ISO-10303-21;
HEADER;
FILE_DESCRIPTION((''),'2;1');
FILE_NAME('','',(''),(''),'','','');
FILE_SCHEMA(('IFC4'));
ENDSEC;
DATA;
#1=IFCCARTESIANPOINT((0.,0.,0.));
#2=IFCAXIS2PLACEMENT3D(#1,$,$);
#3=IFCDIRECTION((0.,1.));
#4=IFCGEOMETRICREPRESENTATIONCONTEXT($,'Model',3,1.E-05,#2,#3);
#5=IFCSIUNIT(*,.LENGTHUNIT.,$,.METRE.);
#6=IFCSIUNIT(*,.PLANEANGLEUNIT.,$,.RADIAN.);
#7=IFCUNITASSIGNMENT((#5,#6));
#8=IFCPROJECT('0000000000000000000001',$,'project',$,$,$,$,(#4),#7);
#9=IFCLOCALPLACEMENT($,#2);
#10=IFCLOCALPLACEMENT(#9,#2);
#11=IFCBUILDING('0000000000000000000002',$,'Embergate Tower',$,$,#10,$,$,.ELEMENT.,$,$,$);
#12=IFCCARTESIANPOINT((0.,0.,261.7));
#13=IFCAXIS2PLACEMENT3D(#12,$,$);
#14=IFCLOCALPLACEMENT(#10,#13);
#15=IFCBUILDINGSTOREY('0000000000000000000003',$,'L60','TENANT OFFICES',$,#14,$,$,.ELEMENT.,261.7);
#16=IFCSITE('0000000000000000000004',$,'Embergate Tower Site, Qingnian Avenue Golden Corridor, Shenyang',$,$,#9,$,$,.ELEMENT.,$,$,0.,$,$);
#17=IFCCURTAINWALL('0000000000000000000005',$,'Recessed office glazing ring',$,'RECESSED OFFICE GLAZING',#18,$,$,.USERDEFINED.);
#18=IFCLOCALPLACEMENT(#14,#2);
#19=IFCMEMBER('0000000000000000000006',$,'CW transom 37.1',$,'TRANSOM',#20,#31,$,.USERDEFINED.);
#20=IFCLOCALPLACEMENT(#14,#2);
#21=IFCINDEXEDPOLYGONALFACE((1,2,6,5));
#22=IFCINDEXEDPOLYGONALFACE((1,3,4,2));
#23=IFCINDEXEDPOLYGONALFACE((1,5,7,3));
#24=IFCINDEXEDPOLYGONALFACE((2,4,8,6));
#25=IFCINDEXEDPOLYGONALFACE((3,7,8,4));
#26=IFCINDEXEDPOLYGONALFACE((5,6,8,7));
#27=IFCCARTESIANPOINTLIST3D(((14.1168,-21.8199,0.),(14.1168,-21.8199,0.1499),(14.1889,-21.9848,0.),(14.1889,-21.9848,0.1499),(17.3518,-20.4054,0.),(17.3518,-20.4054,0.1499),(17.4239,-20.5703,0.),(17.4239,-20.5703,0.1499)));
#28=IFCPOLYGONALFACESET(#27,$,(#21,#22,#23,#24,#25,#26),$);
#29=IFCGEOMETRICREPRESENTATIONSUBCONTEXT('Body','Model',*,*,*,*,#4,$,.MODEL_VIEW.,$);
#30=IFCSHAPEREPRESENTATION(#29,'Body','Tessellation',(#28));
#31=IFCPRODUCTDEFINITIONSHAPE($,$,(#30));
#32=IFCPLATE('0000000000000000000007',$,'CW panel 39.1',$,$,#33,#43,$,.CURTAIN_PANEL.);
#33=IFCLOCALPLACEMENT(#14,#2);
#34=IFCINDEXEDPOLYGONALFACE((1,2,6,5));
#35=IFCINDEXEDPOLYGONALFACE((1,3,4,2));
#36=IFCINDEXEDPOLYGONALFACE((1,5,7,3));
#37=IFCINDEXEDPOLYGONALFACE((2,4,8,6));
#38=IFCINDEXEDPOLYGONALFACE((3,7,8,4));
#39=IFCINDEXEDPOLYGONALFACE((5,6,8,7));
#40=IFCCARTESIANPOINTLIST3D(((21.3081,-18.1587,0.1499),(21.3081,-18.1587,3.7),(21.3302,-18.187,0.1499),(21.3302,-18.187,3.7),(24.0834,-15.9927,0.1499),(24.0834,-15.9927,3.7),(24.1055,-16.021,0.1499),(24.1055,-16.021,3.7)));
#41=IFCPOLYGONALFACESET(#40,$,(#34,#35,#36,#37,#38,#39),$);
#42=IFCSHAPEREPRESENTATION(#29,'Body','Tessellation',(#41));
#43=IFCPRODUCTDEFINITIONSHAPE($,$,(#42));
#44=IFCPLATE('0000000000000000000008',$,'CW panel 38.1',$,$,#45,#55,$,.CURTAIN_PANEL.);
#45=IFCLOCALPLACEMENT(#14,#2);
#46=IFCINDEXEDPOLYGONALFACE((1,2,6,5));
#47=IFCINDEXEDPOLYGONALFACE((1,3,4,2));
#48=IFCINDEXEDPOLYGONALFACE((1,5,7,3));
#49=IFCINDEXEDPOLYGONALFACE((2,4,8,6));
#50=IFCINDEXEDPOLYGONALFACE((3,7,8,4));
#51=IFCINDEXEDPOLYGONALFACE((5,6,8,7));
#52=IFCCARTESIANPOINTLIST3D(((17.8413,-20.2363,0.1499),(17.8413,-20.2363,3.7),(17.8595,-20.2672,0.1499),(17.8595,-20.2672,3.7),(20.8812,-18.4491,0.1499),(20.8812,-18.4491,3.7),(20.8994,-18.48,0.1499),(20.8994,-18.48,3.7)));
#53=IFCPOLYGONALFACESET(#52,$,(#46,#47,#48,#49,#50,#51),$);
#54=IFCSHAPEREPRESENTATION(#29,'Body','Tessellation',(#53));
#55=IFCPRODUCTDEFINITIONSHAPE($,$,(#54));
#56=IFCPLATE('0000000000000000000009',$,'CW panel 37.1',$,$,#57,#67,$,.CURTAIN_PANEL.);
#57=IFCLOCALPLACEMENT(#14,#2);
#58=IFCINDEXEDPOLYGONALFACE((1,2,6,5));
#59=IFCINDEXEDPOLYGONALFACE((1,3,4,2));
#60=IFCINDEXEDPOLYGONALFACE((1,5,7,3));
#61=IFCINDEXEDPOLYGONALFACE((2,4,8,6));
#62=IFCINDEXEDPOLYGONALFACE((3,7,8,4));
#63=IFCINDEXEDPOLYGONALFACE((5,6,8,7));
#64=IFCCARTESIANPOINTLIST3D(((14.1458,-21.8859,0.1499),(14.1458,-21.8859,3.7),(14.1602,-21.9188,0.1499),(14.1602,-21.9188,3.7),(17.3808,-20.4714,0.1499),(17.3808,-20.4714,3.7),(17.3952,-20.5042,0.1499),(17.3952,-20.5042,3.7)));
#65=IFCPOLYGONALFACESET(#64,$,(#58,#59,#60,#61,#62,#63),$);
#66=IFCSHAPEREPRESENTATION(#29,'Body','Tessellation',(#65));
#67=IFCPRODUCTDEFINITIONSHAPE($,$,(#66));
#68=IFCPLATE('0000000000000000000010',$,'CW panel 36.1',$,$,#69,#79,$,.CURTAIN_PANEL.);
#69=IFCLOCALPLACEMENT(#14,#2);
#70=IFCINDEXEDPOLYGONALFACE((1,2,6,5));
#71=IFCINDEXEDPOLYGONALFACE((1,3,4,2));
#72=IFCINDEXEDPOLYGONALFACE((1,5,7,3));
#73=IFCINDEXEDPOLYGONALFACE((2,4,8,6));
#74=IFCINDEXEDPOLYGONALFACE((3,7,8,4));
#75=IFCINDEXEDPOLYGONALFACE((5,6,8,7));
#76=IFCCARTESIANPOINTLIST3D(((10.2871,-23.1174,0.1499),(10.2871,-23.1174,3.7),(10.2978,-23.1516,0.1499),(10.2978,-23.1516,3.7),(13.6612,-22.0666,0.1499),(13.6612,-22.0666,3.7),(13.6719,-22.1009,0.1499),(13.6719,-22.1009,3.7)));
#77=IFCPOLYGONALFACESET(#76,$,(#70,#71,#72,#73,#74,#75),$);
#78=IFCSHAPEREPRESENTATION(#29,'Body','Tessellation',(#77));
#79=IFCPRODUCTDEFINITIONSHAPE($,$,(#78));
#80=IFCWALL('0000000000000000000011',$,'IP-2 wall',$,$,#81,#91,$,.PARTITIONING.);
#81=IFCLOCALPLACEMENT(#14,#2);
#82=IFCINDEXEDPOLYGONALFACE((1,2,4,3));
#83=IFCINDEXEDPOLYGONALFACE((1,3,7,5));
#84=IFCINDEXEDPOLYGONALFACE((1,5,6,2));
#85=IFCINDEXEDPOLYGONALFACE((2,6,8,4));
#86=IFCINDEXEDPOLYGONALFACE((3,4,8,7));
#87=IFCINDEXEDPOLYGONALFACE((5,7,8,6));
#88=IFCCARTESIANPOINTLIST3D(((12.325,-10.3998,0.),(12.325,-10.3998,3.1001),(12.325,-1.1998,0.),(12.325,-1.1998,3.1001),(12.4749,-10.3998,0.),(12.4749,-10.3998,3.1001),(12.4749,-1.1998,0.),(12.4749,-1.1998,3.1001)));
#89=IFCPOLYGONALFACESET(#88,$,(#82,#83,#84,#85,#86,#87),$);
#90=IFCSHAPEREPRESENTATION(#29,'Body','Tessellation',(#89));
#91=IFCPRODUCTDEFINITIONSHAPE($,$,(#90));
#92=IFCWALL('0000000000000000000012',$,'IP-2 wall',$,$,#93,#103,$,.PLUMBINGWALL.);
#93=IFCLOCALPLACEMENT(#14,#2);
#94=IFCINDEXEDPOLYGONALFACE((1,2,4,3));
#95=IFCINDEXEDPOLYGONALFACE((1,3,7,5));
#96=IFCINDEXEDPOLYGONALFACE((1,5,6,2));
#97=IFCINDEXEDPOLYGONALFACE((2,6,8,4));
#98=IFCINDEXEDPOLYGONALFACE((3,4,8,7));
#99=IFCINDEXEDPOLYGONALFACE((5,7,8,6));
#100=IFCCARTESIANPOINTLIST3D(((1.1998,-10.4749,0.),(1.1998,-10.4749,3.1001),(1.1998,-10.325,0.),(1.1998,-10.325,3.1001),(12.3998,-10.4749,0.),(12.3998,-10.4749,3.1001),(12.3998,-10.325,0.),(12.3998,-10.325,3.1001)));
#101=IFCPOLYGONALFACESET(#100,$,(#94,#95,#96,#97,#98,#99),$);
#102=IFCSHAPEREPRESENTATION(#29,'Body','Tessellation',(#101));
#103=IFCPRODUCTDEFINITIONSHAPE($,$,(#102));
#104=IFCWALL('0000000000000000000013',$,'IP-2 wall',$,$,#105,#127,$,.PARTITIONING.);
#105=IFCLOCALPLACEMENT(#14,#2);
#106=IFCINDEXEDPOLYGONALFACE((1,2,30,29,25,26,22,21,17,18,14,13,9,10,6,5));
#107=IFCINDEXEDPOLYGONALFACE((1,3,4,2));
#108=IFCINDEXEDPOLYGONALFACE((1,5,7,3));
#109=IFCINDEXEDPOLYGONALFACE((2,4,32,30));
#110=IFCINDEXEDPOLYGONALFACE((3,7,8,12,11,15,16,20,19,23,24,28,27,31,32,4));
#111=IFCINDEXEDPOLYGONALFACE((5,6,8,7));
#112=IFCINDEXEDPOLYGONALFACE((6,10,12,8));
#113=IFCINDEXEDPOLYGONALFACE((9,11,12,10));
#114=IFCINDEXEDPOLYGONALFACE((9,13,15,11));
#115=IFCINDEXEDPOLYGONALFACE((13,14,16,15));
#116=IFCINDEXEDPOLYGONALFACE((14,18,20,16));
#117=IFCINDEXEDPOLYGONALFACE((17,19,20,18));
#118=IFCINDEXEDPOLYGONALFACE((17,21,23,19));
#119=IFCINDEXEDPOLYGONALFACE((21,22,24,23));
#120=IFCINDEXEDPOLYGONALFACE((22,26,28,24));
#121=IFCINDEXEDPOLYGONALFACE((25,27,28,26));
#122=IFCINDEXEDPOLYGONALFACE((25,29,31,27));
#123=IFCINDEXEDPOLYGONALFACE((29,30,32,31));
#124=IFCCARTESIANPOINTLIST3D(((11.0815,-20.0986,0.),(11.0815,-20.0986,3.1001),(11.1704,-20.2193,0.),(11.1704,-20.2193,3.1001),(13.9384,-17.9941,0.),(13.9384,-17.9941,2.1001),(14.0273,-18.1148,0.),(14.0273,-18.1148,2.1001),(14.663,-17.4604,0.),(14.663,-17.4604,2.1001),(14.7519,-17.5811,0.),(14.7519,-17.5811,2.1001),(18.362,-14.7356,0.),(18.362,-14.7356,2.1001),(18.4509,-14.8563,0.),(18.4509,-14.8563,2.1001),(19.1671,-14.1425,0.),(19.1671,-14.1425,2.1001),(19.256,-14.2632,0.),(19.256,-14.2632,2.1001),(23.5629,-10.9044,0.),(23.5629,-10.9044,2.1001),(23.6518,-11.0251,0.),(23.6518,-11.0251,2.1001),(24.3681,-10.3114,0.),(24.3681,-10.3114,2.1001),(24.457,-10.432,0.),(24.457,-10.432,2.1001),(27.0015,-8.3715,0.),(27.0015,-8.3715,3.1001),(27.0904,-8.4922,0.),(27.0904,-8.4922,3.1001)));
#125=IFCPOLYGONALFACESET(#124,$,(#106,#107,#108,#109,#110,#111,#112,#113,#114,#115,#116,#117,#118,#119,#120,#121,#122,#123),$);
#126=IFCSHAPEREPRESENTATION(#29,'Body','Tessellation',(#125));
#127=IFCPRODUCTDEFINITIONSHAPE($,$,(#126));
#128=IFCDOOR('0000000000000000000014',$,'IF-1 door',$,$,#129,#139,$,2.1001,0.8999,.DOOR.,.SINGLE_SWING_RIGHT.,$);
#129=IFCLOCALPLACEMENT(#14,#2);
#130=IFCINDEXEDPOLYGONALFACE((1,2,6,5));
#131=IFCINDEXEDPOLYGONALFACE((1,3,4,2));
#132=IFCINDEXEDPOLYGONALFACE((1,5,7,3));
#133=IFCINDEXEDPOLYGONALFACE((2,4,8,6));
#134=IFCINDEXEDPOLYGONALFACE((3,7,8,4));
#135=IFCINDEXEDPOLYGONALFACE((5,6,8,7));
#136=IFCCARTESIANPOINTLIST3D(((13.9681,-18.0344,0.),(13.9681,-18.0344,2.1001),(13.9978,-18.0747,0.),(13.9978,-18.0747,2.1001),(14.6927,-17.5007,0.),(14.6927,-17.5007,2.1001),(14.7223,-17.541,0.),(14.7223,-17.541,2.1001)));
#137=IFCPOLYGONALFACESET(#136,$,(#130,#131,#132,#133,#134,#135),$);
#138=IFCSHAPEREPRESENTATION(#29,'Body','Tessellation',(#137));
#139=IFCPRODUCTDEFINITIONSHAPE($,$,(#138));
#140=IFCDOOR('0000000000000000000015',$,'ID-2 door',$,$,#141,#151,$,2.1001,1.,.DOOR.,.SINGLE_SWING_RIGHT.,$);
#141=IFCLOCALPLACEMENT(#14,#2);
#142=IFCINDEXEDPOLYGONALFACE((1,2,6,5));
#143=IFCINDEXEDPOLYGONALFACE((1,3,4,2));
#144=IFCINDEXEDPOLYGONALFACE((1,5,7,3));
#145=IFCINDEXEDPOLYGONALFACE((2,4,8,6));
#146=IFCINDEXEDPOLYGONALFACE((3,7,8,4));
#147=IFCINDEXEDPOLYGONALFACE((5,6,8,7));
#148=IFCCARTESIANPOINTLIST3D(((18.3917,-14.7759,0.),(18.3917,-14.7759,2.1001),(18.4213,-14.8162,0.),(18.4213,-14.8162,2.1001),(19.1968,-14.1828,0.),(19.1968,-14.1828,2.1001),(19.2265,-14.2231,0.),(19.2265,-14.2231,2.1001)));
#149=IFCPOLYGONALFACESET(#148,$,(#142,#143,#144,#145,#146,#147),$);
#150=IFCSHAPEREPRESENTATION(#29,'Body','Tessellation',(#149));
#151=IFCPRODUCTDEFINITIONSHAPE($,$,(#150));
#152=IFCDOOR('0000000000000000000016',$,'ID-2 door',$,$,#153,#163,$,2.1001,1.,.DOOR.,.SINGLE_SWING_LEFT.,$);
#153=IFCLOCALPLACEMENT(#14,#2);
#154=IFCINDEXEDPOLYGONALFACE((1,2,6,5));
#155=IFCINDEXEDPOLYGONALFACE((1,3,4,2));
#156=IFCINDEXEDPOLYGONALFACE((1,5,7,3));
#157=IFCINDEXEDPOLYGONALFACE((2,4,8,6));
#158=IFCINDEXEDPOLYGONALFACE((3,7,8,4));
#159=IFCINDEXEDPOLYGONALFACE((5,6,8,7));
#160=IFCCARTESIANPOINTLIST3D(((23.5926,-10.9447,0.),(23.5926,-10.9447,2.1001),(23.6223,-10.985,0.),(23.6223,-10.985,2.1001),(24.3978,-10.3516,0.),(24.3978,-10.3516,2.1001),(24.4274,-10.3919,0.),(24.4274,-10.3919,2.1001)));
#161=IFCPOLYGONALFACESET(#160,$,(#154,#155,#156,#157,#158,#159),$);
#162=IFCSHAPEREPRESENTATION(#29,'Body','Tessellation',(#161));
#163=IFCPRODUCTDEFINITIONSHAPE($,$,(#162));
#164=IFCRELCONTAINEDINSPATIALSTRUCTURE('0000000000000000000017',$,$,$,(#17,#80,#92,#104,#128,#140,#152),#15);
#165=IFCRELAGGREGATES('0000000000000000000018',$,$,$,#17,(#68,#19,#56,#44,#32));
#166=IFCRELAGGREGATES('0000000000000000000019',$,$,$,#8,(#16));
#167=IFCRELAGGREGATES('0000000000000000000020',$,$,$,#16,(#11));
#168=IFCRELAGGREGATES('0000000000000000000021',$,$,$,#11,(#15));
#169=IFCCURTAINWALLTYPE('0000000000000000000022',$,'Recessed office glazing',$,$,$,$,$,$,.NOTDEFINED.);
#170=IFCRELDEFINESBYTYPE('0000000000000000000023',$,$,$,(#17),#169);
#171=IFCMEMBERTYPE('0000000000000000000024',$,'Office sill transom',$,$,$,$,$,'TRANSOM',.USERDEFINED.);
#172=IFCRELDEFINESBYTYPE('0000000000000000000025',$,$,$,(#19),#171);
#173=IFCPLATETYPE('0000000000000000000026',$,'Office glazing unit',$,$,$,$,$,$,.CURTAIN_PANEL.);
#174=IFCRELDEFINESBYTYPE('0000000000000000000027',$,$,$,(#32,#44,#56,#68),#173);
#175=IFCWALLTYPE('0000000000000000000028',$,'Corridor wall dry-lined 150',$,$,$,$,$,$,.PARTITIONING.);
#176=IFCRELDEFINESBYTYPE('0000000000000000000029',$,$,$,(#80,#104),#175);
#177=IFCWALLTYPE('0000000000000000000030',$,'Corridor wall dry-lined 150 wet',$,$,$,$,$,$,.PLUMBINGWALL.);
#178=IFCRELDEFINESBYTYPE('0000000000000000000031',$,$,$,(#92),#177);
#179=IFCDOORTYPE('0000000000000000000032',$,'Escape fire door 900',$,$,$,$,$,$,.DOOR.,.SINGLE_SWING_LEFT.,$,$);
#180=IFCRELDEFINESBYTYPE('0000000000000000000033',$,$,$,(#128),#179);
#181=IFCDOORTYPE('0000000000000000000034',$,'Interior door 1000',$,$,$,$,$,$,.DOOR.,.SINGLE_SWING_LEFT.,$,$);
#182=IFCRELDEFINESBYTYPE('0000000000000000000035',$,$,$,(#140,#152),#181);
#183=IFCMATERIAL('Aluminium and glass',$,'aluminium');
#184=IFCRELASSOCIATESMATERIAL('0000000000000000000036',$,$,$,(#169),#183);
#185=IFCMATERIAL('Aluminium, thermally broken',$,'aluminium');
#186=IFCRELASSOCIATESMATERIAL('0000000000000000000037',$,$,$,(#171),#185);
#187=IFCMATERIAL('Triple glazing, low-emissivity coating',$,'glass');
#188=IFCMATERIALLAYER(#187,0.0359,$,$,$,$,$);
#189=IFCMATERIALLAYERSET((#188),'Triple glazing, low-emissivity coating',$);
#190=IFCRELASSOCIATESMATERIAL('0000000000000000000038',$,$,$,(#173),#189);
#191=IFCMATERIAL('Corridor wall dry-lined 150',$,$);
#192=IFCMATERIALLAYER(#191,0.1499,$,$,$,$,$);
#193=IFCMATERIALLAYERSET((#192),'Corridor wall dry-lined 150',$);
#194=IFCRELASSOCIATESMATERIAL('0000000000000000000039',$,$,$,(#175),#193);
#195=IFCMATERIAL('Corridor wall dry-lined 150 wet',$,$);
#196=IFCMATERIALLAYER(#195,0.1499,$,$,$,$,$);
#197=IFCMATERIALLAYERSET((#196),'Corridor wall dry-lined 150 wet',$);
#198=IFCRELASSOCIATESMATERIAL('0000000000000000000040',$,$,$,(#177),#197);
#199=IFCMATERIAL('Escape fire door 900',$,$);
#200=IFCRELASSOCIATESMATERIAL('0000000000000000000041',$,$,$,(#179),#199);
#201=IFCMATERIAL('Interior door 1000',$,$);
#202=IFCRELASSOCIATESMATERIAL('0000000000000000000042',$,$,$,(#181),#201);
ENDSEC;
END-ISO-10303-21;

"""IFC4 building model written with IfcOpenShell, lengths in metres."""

from ifc_helpers import new_model, si_unit, direction, frame, frame_2d, origin, origin_2d, place, context, subcontext, project, spatial, rectangle, extrude, source, transform, mapped, material, layer, layer_set, material_profile, profile_set, type_object, element, fill, aggregate, save


model = new_model("IFC4")

# Units and contexts
model_context = context("Model", 3, precision=1e-05, world=origin(), true_north=direction((0.0, 1.0)))
body_context = subcontext(model_context, "Body", "Model", "MODEL_VIEW")
ifc_project = project(units=[si_unit("LENGTHUNIT", "METRE"), si_unit("PLANEANGLEUNIT", "RADIAN")], contexts=[model_context])

# Site, building, storey
site_placement = place(None, origin())
site = spatial("IfcSite", under=ifc_project, at=site_placement, Name="Embergate Tower Site, Qingnian Avenue Golden Corridor, Shenyang", CompositionType="ELEMENT", RefElevation=0.0)
building_placement = place(site_placement, origin())
building = spatial("IfcBuilding", under=site, at=building_placement, Name="Embergate Tower", CompositionType="ELEMENT")
storey_placement = place(building_placement, frame((0.0, 0.0, 261.7)))
storey = spatial("IfcBuildingStorey", under=building, at=storey_placement, Name="L60", Description="TENANT OFFICES", CompositionType="ELEMENT", Elevation=261.7)

# Curtain wall, member, plates
ifc_material_1 = material(Name="Aluminium and glass", Category="aluminium")
curtain_wall_type = type_object("IfcCurtainWallType", Name="Recessed office glazing", PredefinedType="NOTDEFINED", material=ifc_material_1)
curtain_wall_placement = place(storey_placement, origin())
curtain_wall = element("IfcCurtainWall", 1, at=curtain_wall_placement, inside=storey, type_object=curtain_wall_type, Name="Recessed office glazing ring", ObjectType="RECESSED OFFICE GLAZING", PredefinedType="USERDEFINED")
ifc_material_2 = material(Name="Aluminium, thermally broken", Category="aluminium")
ifc_material_profile_1 = material_profile(ifc_material_2, rectangle(XDim=0.1799, YDim=0.1499, at=origin_2d()), Name="AL 150x180")
ifc_profile_set_1 = profile_set([ifc_material_profile_1], Name="Aluminium, thermally broken")
member_type_1 = type_object("IfcMemberType", Name="Office sill transom", ElementType="TRANSOM", PredefinedType="USERDEFINED", material=ifc_profile_set_1)
shared_shape_1 = source(origin(), body_context, "Body", "SweptSolid", [
    extrude(rectangle(XDim=0.1799, YDim=0.1499, at=origin_2d()), origin(), (0.0, 0.0, 1.0), 3.5308),
])
member_1_placement = place(storey_placement, frame((14.1528, -21.9023, 0.075), z_axis=(0.916241, 0.400627, 0.0), x_axis=(-0.400627, 0.916241, 0.0)))
member_1 = element("IfcMember", 2, at=member_1_placement, type_object=member_type_1, Name="CW transom 37.1", ObjectType="TRANSOM", PredefinedType="USERDEFINED", context=body_context, shape_type="MappedRepresentation", body=[
    mapped(shared_shape_1, transform((0.0, 0.0, 0.0))),
])
ifc_material_3 = material(Name="Triple glazing, low-emissivity coating", Category="glass")
ifc_layer_1 = layer(ifc_material_3, 0.0359)
ifc_layer_set_1 = layer_set([ifc_layer_1], Name="Triple glazing, low-emissivity coating")
plate_type = type_object("IfcPlateType", Name="Office glazing unit", PredefinedType="CURTAIN_PANEL", material=ifc_layer_set_1)
shared_shape_2 = source(origin(), body_context, "Body", "SweptSolid", [
    extrude(rectangle(XDim=3.5205, YDim=0.0359, at=origin_2d()), origin(), (0.0, 0.0, 1.0), 3.55),
])
plate_1_placement = place(storey_placement, frame((22.7068, -17.0898, 0.1499), z_axis=(0.0, 0.0, 1.0), x_axis=(0.788322, 0.615263, 0.0)))
plate_1 = element("IfcPlate", 3, at=plate_1_placement, type_object=plate_type, Name="CW panel 39.1", PredefinedType="CURTAIN_PANEL", context=body_context, shape_type="MappedRepresentation", body=[
    mapped(shared_shape_2, transform((0.0, 0.0, 0.0))),
])
shared_shape_3 = source(origin(), body_context, "Body", "SweptSolid", [
    extrude(rectangle(XDim=3.5264, YDim=0.0359, at=origin_2d()), origin(), (0.0, 0.0, 1.0), 3.55),
])
plate_2_placement = place(storey_placement, frame((19.3704, -19.3582, 0.1499), z_axis=(0.0, 0.0, 1.0), x_axis=(0.862055, 0.506815, 0.0)))
plate_2 = element("IfcPlate", 4, at=plate_2_placement, type_object=plate_type, Name="CW panel 38.1", PredefinedType="CURTAIN_PANEL", context=body_context, shape_type="MappedRepresentation", body=[
    mapped(shared_shape_3, transform((0.0, 0.0, 0.0))),
])
shared_shape_4 = source(origin(), body_context, "Body", "SweptSolid", [
    extrude(rectangle(XDim=3.5308, YDim=0.0359, at=origin_2d()), origin(), (0.0, 0.0, 1.0), 3.55),
])
plate_3_placement = place(storey_placement, frame((15.7705, -21.1951, 0.1499), z_axis=(0.0, 0.0, 1.0), x_axis=(0.916237, 0.400637, 0.0)))
plate_3 = element("IfcPlate", 5, at=plate_3_placement, type_object=plate_type, Name="CW panel 37.1", PredefinedType="CURTAIN_PANEL", context=body_context, shape_type="MappedRepresentation", body=[
    mapped(shared_shape_4, transform((0.0, 0.0, 0.0))),
])
shared_shape_5 = source(origin(), body_context, "Body", "SweptSolid", [
    extrude(rectangle(XDim=3.5339, YDim=0.0359, at=origin_2d()), origin(), (0.0, 0.0, 1.0), 3.55),
])
plate_4_placement = place(storey_placement, frame((11.9795, -22.6091, 0.1499), z_axis=(0.0, 0.0, 1.0), x_axis=(0.954773, 0.297337, 0.0)))
plate_4 = element("IfcPlate", 6, at=plate_4_placement, type_object=plate_type, Name="CW panel 36.1", PredefinedType="CURTAIN_PANEL", context=body_context, shape_type="MappedRepresentation", body=[
    mapped(shared_shape_5, transform((0.0, 0.0, 0.0))),
])
aggregate(curtain_wall, [plate_4, member_1, plate_3, plate_2, plate_1])

# Walls
ifc_material_4 = material(Name="Corridor wall dry-lined 150")
ifc_layer_2 = layer(ifc_material_4, 0.1499)
ifc_layer_set_2 = layer_set([ifc_layer_2], Name="Corridor wall dry-lined 150")
wall_type_1 = type_object("IfcWallType", Name="Corridor wall dry-lined 150", PredefinedType="PARTITIONING", material=ifc_layer_set_2)
shared_shape_6 = source(origin(), body_context, "Body", "SweptSolid", [
    extrude(rectangle(XDim=9.2, YDim=0.1499, at=frame_2d((4.6001, 0.0))), origin(), (0.0, 0.0, 1.0), 3.1001),
])
wall_1_placement = place(storey_placement, frame((12.3999, -10.3999, 0.0), z_axis=(0.0, 0.0, 1.0), x_axis=(0.0, 1.0, 0.0)))
element("IfcWall", 7, at=wall_1_placement, inside=storey, type_object=wall_type_1, Name="IP-2 wall", PredefinedType="PARTITIONING", context=body_context, shape_type="MappedRepresentation", body=[
    mapped(shared_shape_6, transform((0.0, 0.0, 0.0))),
])
ifc_material_5 = material(Name="Corridor wall dry-lined 150 wet")
ifc_layer_3 = layer(ifc_material_5, 0.1499)
ifc_layer_set_3 = layer_set([ifc_layer_3], Name="Corridor wall dry-lined 150 wet")
wall_type_2 = type_object("IfcWallType", Name="Corridor wall dry-lined 150 wet", PredefinedType="PLUMBINGWALL", material=ifc_layer_set_3)
shared_shape_7 = source(origin(), body_context, "Body", "SweptSolid", [
    extrude(rectangle(XDim=11.2, YDim=0.1499, at=frame_2d((5.6001, 0.0))), origin(), (0.0, 0.0, 1.0), 3.1001),
])
wall_2_placement = place(storey_placement, frame((12.3999, -10.3999, 0.0), z_axis=(0.0, 0.0, 1.0), x_axis=(-1.0, 0.0, 0.0)))
element("IfcWall", 8, at=wall_2_placement, inside=storey, type_object=wall_type_2, Name="IP-2 wall", PredefinedType="PLUMBINGWALL", context=body_context, shape_type="MappedRepresentation", body=[
    mapped(shared_shape_7, transform((0.0, 0.0, 0.0))),
])

# Wall, openings, doors
shared_shape_8 = source(origin(), body_context, "Body", "SweptSolid", [
    extrude(rectangle(XDim=19.7729, YDim=0.1499, at=frame_2d((9.8865, 0.0))), origin(), (0.0, 0.0, 1.0), 3.1001),
])
wall_3_placement = place(storey_placement, frame((11.126, -20.1589, 0.0), z_axis=(0.0, 0.0, 1.0), x_axis=(0.805138, 0.593087, 0.0)))
wall_3 = element("IfcWall", 9, at=wall_3_placement, inside=storey, type_object=wall_type_1, Name="IP-2 wall", PredefinedType="PARTITIONING", context=body_context, shape_type="MappedRepresentation", body=[
    mapped(shared_shape_8, transform((0.0, 0.0, 0.0))),
])
shared_shape_9 = source(origin(), body_context, "Body", "SweptSolid", [
    extrude(rectangle(XDim=0.8999, YDim=2.1001, at=frame_2d((0.45, 1.05))), frame((0.0, 0.085, 0.0), z_axis=(0.0, -1.0, 0.0), x_axis=(1.0, 0.0, 0.0)), (0.0, 0.0, 1.0), 0.1699),
])
opening_1_placement = place(wall_3_placement, frame((3.5483, 0.0, 0.0)))
opening_1 = element("IfcOpeningElement", 10, at=opening_1_placement, cuts=wall_3, PredefinedType="OPENING", context=body_context, shape_type="MappedRepresentation", body=[
    mapped(shared_shape_9, transform((0.0, 0.0, 0.0))),
])
shared_shape_10 = source(origin(), body_context, "Body", "SweptSolid", [
    extrude(rectangle(XDim=1.0, YDim=2.1001, at=frame_2d((0.5, 1.05))), frame((0.0, 0.085, 0.0), z_axis=(0.0, -1.0, 0.0), x_axis=(1.0, 0.0, 0.0)), (0.0, 0.0, 1.0), 0.1699),
])
opening_2_placement = place(wall_3_placement, frame((9.0425, 0.0, 0.0)))
opening_2 = element("IfcOpeningElement", 11, at=opening_2_placement, cuts=wall_3, PredefinedType="OPENING", context=body_context, shape_type="MappedRepresentation", body=[
    mapped(shared_shape_10, transform((0.0, 0.0, 0.0))),
])
opening_3_placement = place(wall_3_placement, frame((15.5022, 0.0, 0.0)))
opening_3 = element("IfcOpeningElement", 12, at=opening_3_placement, cuts=wall_3, PredefinedType="OPENING", context=body_context, shape_type="MappedRepresentation", body=[
    mapped(shared_shape_10, transform((0.0, 0.0, 0.0))),
])
ifc_material_6 = material(Name="Escape fire door 900")
door_type_1 = type_object("IfcDoorType", Name="Escape fire door 900", OperationType="SINGLE_SWING_LEFT", PredefinedType="DOOR", material=ifc_material_6)
shared_shape_11 = source(origin(), body_context, "Body", "SweptSolid", [
    extrude(rectangle(XDim=0.8999, YDim=2.1001, at=frame_2d((0.45, 1.05))), frame((0.0, 0.0249, 0.0), z_axis=(0.0, -1.0, 0.0), x_axis=(1.0, 0.0, 0.0)), (0.0, 0.0, 1.0), 0.05),
])
door_1_placement = place(opening_1_placement, origin())
door_1 = element("IfcDoor", 13, at=door_1_placement, inside=storey, type_object=door_type_1, Name="IF-1 door", OperationType="SINGLE_SWING_RIGHT", OverallHeight=2.1001, OverallWidth=0.8999, PredefinedType="DOOR", context=body_context, shape_type="MappedRepresentation", body=[
    mapped(shared_shape_11, transform((0.0, 0.0, 0.0))),
])
fill(opening_1, door_1)
ifc_material_7 = material(Name="Interior door 1000")
door_type_2 = type_object("IfcDoorType", Name="Interior door 1000", OperationType="SINGLE_SWING_LEFT", PredefinedType="DOOR", material=ifc_material_7)
shared_shape_12 = source(origin(), body_context, "Body", "SweptSolid", [
    extrude(rectangle(XDim=1.0, YDim=2.1001, at=frame_2d((0.5, 1.05))), frame((0.0, 0.0249, 0.0), z_axis=(0.0, -1.0, 0.0), x_axis=(1.0, 0.0, 0.0)), (0.0, 0.0, 1.0), 0.05),
])
door_2_placement = place(opening_2_placement, origin())
door_2 = element("IfcDoor", 14, at=door_2_placement, inside=storey, type_object=door_type_2, Name="ID-2 door", OperationType="SINGLE_SWING_RIGHT", OverallHeight=2.1001, OverallWidth=1.0, PredefinedType="DOOR", context=body_context, shape_type="MappedRepresentation", body=[
    mapped(shared_shape_12, transform((0.0, 0.0, 0.0))),
])
fill(opening_2, door_2)
door_3_placement = place(opening_3_placement, origin())
door_3 = element("IfcDoor", 15, at=door_3_placement, inside=storey, type_object=door_type_2, Name="ID-2 door", OperationType="SINGLE_SWING_LEFT", OverallHeight=2.1001, OverallWidth=1.0, PredefinedType="DOOR", context=body_context, shape_type="MappedRepresentation", body=[
    mapped(shared_shape_12, transform((0.0, 0.0, 0.0))),
])
fill(opening_3, door_3)

save(model, "model.ifc")
